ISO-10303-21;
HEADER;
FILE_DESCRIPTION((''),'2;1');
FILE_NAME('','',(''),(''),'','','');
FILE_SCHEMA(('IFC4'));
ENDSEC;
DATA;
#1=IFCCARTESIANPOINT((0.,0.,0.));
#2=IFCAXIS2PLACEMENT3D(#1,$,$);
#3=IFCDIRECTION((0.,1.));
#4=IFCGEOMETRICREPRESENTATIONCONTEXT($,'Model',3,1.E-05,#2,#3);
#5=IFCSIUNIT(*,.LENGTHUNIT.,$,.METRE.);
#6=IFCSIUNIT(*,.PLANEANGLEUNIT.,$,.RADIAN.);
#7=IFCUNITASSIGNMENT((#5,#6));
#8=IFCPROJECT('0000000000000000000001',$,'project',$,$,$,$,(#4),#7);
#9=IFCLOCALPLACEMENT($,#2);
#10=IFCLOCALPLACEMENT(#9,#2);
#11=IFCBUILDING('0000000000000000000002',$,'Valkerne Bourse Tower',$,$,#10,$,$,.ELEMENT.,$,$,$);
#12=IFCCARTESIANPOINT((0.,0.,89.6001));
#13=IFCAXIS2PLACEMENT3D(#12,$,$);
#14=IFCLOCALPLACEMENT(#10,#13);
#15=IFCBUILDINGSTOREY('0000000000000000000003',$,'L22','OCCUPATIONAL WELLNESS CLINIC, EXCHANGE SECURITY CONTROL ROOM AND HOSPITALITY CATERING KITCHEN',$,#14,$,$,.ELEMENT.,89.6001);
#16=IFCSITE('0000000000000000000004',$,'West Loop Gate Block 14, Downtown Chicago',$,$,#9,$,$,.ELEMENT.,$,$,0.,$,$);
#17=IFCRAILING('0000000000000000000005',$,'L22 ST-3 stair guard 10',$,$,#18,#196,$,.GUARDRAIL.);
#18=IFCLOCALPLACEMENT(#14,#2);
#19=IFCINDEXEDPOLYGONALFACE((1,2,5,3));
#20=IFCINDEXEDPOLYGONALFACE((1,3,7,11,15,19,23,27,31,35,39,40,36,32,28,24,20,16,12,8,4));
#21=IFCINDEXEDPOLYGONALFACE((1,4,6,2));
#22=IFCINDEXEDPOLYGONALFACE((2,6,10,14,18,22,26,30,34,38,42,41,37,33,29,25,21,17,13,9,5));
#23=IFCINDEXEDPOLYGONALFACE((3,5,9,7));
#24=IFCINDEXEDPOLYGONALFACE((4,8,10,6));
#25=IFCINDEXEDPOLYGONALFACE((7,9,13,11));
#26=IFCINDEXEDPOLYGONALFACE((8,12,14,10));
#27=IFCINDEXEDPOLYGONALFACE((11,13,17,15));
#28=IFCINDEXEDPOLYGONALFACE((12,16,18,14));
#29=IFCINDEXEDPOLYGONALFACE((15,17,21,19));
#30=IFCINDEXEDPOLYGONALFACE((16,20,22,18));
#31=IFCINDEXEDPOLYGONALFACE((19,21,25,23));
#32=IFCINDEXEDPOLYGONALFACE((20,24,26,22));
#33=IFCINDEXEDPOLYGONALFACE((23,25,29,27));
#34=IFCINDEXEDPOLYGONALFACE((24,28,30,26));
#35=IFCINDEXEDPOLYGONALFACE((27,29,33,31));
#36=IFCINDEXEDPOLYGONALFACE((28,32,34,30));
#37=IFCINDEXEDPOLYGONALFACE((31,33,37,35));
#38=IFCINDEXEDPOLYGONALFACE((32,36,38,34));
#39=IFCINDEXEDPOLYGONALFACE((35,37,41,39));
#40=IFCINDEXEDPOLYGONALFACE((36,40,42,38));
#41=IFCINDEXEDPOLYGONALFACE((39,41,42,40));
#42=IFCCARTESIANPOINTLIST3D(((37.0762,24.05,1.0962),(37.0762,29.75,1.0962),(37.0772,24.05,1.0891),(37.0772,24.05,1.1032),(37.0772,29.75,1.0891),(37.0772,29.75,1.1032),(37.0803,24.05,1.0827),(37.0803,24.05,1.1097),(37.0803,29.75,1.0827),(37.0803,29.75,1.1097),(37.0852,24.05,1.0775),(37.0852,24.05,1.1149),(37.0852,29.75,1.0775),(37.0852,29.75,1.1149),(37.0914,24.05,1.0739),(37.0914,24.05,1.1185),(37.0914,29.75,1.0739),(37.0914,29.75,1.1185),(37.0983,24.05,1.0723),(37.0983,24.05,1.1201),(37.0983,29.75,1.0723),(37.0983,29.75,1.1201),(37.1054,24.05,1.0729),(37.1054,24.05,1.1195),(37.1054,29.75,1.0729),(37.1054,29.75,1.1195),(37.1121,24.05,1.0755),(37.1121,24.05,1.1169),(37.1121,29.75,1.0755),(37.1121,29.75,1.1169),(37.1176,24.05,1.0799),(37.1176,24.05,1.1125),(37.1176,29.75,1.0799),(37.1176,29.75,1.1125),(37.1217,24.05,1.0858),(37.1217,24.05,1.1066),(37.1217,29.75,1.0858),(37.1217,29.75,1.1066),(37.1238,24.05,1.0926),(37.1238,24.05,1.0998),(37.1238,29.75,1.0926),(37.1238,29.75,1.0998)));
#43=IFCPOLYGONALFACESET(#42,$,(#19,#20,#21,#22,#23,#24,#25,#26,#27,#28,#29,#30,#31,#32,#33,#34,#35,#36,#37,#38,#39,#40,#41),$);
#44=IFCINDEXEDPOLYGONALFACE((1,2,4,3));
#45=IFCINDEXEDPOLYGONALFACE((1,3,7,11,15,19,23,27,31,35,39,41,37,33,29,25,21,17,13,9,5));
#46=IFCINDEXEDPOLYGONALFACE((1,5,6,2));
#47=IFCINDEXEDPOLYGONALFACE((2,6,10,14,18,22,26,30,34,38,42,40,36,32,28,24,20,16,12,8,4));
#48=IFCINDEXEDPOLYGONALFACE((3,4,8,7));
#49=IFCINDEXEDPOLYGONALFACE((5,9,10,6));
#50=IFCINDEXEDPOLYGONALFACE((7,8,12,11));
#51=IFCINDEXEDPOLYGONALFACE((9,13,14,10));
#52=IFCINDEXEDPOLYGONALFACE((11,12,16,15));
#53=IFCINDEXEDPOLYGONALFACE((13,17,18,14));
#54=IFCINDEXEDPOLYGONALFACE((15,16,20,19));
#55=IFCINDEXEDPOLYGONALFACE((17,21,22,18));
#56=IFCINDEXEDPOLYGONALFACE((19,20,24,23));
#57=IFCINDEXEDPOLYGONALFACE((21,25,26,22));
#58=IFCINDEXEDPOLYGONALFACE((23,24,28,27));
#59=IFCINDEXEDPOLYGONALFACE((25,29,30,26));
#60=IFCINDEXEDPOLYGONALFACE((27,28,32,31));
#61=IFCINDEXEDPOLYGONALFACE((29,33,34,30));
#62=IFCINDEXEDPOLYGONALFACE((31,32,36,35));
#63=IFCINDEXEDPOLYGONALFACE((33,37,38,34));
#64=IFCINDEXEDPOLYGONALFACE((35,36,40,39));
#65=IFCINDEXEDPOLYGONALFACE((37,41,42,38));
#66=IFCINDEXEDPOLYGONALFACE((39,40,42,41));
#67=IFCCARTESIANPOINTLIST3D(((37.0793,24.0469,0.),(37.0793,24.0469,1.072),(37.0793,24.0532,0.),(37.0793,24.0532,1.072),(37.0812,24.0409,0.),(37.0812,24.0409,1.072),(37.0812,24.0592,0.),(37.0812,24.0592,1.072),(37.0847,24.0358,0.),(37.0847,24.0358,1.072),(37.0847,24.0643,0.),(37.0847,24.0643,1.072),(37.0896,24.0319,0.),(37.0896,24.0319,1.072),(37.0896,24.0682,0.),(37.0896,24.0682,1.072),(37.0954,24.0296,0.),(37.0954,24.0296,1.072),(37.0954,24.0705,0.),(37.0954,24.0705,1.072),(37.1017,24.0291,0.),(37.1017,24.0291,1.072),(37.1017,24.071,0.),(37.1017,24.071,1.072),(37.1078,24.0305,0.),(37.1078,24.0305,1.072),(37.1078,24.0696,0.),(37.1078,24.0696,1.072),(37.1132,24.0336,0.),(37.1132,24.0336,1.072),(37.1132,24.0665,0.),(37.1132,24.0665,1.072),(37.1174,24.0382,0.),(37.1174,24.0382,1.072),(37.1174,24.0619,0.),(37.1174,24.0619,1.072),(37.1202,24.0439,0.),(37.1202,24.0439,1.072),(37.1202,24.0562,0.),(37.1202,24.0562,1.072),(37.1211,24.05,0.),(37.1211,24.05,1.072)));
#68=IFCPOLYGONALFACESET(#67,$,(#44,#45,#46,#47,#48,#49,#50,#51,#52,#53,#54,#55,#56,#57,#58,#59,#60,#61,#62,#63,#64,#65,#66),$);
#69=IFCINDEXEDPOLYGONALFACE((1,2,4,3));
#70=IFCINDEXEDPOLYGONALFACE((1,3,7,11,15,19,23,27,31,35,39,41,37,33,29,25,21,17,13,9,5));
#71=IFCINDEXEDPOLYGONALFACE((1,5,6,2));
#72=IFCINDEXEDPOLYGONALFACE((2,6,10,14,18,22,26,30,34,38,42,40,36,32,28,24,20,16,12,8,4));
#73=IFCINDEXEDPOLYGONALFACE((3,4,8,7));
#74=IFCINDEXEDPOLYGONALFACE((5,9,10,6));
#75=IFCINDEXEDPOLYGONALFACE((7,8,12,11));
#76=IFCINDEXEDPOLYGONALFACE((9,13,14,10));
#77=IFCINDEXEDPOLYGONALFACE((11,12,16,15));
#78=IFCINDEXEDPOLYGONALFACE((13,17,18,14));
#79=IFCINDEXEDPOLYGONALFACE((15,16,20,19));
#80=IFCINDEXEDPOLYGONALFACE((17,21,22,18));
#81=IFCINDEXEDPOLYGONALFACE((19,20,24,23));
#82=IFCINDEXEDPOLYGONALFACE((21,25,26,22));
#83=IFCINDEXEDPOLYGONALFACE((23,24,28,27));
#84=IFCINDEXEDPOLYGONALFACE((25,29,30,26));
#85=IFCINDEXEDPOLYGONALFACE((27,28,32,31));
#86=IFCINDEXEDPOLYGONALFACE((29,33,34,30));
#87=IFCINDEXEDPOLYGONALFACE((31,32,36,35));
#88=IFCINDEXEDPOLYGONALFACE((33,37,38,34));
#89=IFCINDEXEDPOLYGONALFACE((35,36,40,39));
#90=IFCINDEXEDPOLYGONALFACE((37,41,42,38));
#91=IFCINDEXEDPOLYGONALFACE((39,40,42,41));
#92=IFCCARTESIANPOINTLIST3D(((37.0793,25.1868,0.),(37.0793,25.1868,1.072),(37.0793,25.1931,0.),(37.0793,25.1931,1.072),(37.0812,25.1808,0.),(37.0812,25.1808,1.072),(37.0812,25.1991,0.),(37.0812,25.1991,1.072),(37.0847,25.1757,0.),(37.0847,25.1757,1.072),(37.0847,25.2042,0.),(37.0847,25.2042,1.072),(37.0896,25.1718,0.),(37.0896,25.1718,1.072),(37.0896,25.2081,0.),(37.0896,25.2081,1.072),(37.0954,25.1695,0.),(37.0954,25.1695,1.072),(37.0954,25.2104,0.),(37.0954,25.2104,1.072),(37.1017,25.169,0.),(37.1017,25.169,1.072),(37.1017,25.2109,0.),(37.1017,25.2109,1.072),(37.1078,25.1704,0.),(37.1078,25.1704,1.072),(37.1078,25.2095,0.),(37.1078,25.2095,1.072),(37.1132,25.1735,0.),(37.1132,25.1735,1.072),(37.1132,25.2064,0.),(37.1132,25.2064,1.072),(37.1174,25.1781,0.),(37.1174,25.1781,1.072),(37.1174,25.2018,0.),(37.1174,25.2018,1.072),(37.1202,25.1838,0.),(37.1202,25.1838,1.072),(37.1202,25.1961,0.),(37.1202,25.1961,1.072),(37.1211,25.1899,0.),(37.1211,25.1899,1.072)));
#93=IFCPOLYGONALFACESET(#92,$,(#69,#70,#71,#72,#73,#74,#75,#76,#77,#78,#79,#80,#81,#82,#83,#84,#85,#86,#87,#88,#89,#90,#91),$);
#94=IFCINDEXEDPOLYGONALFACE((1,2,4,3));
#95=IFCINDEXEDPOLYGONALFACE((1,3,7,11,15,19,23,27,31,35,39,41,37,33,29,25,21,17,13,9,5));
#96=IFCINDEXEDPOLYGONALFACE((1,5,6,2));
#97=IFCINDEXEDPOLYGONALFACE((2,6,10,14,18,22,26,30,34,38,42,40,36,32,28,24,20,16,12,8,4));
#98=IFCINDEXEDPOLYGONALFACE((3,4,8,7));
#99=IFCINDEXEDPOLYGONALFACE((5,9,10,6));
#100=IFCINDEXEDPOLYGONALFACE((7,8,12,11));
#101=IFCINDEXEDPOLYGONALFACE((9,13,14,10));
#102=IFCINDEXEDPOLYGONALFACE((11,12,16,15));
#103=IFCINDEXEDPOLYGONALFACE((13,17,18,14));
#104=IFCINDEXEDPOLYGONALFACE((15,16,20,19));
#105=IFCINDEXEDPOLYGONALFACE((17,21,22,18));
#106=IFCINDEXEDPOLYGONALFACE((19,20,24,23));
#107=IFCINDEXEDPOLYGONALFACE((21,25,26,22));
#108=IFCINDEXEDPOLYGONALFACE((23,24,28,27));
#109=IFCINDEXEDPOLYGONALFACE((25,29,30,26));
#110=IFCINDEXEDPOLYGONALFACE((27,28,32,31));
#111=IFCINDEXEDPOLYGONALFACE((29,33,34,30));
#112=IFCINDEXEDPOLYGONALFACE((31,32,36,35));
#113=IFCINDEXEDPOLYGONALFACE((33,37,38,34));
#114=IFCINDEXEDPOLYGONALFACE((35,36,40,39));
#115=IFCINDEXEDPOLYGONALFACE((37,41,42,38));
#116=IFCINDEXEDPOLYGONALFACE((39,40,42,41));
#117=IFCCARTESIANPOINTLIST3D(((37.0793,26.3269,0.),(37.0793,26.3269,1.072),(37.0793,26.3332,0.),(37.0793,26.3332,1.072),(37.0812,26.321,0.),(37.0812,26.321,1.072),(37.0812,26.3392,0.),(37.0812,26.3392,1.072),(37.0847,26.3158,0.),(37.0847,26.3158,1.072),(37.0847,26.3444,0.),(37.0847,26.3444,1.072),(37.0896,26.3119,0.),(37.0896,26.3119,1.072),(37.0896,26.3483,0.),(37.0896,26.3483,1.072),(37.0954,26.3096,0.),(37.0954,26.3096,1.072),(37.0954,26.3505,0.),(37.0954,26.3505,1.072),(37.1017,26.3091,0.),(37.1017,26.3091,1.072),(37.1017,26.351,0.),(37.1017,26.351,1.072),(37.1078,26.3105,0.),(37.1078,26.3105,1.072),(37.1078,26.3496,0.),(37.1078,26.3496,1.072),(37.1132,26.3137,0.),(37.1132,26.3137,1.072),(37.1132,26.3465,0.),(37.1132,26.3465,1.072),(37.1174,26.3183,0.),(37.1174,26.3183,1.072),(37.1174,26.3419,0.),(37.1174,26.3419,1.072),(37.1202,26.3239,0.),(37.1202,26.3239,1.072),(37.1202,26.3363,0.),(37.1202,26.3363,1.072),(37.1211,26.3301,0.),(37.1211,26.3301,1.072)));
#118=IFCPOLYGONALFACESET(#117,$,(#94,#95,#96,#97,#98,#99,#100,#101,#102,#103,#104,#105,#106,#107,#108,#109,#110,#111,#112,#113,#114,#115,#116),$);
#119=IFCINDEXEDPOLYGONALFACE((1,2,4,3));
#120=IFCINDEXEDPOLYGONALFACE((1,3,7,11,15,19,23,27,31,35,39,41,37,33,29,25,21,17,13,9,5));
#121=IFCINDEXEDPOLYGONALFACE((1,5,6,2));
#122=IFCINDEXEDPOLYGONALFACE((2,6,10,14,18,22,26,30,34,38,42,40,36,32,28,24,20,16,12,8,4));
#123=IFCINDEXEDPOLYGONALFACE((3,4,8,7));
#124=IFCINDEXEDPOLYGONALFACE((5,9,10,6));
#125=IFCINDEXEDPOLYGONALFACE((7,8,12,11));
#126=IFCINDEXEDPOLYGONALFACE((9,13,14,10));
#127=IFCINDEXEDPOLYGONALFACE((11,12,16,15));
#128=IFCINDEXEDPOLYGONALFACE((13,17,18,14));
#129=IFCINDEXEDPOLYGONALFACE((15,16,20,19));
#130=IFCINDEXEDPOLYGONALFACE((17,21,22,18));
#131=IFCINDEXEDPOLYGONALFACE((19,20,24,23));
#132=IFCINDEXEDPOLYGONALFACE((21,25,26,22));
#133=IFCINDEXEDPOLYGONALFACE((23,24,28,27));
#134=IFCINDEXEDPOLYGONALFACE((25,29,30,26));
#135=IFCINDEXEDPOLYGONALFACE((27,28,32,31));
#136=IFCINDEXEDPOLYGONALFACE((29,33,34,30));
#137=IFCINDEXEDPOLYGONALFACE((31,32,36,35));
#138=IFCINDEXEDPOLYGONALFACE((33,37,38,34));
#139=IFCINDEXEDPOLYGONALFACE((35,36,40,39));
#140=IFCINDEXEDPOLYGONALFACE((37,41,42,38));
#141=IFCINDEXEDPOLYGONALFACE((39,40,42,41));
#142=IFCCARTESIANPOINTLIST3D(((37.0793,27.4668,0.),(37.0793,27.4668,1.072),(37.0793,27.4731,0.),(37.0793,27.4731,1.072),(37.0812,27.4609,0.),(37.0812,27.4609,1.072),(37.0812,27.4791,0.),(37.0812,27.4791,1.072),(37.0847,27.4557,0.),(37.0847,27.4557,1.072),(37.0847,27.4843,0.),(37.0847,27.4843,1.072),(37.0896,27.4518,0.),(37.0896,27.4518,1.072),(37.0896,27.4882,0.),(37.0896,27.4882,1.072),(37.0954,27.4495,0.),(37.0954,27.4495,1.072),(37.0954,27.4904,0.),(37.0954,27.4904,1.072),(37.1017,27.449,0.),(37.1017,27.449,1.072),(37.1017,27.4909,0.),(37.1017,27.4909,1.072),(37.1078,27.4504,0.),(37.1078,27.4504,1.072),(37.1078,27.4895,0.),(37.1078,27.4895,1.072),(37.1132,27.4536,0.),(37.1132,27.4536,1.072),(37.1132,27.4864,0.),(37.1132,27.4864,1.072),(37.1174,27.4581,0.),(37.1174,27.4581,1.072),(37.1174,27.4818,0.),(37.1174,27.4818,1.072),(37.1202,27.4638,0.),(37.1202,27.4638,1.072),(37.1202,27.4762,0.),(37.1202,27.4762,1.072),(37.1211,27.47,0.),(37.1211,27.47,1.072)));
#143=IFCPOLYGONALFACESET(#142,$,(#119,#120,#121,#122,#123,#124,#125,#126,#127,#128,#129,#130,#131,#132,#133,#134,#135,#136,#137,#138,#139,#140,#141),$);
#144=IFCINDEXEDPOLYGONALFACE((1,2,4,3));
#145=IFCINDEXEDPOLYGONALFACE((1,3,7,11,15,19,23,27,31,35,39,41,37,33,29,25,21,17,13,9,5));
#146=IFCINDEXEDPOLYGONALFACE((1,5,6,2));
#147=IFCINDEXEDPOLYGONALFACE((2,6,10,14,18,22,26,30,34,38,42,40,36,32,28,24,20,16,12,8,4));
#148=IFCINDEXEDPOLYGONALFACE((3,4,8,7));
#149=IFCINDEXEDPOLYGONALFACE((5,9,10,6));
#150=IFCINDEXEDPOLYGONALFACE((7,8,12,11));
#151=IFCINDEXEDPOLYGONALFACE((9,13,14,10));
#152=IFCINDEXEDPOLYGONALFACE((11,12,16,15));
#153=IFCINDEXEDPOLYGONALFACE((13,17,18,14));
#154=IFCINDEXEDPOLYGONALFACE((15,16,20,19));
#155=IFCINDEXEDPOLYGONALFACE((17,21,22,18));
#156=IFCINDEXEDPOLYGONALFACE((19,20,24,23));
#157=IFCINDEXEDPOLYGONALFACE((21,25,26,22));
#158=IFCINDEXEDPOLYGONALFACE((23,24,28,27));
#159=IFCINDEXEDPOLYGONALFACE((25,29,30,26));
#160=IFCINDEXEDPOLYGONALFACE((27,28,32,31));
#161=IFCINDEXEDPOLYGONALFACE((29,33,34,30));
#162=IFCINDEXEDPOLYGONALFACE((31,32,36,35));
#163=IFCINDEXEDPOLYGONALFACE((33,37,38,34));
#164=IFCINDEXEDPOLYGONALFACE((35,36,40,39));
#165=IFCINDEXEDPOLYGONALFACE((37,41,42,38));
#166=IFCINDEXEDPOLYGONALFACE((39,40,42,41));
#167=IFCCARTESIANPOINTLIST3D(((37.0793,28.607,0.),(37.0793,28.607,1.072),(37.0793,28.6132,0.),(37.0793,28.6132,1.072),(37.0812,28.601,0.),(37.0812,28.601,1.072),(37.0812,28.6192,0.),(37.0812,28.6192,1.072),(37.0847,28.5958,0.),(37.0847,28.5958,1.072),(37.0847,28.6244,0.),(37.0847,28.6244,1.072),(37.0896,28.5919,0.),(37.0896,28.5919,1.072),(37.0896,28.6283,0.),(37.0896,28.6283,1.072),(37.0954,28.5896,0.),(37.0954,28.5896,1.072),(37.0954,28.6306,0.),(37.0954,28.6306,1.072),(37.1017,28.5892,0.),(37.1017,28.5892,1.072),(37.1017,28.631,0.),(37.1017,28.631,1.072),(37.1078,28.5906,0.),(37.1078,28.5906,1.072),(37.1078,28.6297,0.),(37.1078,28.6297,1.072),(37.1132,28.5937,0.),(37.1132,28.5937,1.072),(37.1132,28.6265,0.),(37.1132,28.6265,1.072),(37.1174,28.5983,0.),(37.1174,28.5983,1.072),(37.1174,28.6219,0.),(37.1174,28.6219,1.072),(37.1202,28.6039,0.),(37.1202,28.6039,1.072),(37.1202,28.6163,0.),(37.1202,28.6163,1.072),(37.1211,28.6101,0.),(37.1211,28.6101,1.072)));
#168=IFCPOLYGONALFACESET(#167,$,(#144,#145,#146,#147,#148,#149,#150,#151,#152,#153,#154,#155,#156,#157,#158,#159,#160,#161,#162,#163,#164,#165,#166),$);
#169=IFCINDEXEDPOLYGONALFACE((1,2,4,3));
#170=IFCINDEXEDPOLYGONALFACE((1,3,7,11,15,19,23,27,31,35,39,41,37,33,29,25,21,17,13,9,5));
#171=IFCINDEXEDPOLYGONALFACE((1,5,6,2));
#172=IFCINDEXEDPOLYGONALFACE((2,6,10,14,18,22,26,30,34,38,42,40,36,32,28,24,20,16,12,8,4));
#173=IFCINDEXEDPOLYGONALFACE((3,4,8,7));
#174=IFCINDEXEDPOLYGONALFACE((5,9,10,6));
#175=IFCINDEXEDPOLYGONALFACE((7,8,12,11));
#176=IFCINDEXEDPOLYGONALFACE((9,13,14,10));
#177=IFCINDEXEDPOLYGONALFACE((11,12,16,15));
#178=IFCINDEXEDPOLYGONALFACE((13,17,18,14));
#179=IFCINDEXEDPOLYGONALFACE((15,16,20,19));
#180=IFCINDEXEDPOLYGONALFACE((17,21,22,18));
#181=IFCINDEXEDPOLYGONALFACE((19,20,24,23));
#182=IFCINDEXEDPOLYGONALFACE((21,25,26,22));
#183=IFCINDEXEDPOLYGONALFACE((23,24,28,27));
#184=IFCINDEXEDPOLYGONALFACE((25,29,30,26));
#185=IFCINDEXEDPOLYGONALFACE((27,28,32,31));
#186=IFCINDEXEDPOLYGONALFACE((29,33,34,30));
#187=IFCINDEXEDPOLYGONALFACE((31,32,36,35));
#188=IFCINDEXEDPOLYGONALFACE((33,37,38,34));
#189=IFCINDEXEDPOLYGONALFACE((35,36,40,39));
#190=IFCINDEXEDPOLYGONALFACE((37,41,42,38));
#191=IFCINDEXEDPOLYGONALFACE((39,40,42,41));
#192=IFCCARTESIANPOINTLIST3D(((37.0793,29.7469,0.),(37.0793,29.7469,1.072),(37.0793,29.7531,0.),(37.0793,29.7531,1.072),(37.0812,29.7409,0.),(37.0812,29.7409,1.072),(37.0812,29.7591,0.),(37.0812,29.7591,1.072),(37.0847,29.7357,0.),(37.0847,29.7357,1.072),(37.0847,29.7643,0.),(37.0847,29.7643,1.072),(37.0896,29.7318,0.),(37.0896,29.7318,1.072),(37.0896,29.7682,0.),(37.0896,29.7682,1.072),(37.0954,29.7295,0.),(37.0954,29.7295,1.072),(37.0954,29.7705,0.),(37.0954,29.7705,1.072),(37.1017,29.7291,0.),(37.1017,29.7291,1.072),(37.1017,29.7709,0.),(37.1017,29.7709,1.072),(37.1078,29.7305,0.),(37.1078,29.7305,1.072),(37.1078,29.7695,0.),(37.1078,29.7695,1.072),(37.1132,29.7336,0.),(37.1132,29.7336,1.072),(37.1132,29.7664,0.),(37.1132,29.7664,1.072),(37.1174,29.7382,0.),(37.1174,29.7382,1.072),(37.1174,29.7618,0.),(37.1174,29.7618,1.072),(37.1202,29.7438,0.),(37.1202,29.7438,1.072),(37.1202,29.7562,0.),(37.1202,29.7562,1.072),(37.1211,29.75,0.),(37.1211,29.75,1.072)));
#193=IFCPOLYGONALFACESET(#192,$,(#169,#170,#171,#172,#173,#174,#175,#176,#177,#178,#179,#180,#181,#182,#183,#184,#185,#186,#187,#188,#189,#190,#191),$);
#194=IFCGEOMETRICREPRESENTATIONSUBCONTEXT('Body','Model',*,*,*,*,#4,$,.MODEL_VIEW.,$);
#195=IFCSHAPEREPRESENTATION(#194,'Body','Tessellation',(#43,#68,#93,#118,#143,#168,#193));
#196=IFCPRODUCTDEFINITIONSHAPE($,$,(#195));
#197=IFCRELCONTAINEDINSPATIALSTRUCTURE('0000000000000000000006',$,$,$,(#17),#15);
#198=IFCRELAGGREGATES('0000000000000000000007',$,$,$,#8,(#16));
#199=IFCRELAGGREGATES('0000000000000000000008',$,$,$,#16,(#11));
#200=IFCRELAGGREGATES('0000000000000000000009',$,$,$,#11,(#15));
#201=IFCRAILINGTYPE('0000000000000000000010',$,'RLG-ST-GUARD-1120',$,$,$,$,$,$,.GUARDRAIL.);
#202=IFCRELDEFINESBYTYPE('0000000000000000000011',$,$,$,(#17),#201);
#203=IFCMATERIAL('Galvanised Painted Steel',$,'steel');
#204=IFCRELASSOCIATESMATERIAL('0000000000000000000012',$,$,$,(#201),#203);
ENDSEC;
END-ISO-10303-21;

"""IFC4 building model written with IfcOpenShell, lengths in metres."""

from ifc_helpers import new_model, si_unit, direction, frame, origin, origin_2d, place, context, subcontext, project, spatial, circle, extrude, material, type_object, element, save


model = new_model("IFC4")

# Units and contexts
model_context = context("Model", 3, precision=1e-05, world=origin(), true_north=direction((0.0, 1.0)))
body_context = subcontext(model_context, "Body", "Model", "MODEL_VIEW")
ifc_project = project(units=[si_unit("LENGTHUNIT", "METRE"), si_unit("PLANEANGLEUNIT", "RADIAN")], contexts=[model_context])

# Site, building, storey
site_placement = place(None, origin())
site = spatial("IfcSite", under=ifc_project, at=site_placement, Name="West Loop Gate Block 14, Downtown Chicago", CompositionType="ELEMENT", RefElevation=0.0)
building_placement = place(site_placement, origin())
building = spatial("IfcBuilding", under=site, at=building_placement, Name="Valkerne Bourse Tower", CompositionType="ELEMENT")
storey_placement = place(building_placement, frame((0.0, 0.0, 89.6001)))
storey = spatial("IfcBuildingStorey", under=building, at=storey_placement, Name="L22", Description="OCCUPATIONAL WELLNESS CLINIC, EXCHANGE SECURITY CONTROL ROOM AND HOSPITALITY CATERING KITCHEN", CompositionType="ELEMENT", Elevation=89.6001)

# Shared definitions
ifc_material_1 = material(Name="Galvanised Painted Steel", Category="steel")

# Railing
railing_type_1 = type_object("IfcRailingType", Name="RLG-ST-GUARD-1120", PredefinedType="GUARDRAIL", material=ifc_material_1)
for number, where, name in (
    (1, (37.1001, 24.05, 0.0), "L22 ST-3 stair guard 10"),
):
    element("IfcRailing", number, at=place(storey_placement, frame(where)), inside=storey, type_object=railing_type_1, Name=name, PredefinedType="GUARDRAIL", context=body_context, shape_type="SweptSolid", body=[
        extrude(circle(Radius=0.0239, at=origin_2d()), frame((0.0, 0.0, 1.0962), z_axis=(0.0, 1.0, 0.0), x_axis=(-1.0, 0.0, 0.0)), (0.0, 0.0, 1.0), 5.7),
        extrude(circle(Radius=0.021, at=origin_2d()), origin(), (0.0, 0.0, 1.0), 1.072),
        extrude(circle(Radius=0.021, at=origin_2d()), frame((0.0, 1.1399, 0.0)), (0.0, 0.0, 1.0), 1.072),
        extrude(circle(Radius=0.021, at=origin_2d()), frame((0.0, 2.28, 0.0)), (0.0, 0.0, 1.0), 1.072),
        extrude(circle(Radius=0.021, at=origin_2d()), frame((0.0, 3.4199, 0.0)), (0.0, 0.0, 1.0), 1.072),
        extrude(circle(Radius=0.021, at=origin_2d()), frame((0.0, 4.5601, 0.0)), (0.0, 0.0, 1.0), 1.072),
        extrude(circle(Radius=0.021, at=origin_2d()), frame((0.0, 5.7, 0.0)), (0.0, 0.0, 1.0), 1.072),
    ])

save(model, "model.ifc")
